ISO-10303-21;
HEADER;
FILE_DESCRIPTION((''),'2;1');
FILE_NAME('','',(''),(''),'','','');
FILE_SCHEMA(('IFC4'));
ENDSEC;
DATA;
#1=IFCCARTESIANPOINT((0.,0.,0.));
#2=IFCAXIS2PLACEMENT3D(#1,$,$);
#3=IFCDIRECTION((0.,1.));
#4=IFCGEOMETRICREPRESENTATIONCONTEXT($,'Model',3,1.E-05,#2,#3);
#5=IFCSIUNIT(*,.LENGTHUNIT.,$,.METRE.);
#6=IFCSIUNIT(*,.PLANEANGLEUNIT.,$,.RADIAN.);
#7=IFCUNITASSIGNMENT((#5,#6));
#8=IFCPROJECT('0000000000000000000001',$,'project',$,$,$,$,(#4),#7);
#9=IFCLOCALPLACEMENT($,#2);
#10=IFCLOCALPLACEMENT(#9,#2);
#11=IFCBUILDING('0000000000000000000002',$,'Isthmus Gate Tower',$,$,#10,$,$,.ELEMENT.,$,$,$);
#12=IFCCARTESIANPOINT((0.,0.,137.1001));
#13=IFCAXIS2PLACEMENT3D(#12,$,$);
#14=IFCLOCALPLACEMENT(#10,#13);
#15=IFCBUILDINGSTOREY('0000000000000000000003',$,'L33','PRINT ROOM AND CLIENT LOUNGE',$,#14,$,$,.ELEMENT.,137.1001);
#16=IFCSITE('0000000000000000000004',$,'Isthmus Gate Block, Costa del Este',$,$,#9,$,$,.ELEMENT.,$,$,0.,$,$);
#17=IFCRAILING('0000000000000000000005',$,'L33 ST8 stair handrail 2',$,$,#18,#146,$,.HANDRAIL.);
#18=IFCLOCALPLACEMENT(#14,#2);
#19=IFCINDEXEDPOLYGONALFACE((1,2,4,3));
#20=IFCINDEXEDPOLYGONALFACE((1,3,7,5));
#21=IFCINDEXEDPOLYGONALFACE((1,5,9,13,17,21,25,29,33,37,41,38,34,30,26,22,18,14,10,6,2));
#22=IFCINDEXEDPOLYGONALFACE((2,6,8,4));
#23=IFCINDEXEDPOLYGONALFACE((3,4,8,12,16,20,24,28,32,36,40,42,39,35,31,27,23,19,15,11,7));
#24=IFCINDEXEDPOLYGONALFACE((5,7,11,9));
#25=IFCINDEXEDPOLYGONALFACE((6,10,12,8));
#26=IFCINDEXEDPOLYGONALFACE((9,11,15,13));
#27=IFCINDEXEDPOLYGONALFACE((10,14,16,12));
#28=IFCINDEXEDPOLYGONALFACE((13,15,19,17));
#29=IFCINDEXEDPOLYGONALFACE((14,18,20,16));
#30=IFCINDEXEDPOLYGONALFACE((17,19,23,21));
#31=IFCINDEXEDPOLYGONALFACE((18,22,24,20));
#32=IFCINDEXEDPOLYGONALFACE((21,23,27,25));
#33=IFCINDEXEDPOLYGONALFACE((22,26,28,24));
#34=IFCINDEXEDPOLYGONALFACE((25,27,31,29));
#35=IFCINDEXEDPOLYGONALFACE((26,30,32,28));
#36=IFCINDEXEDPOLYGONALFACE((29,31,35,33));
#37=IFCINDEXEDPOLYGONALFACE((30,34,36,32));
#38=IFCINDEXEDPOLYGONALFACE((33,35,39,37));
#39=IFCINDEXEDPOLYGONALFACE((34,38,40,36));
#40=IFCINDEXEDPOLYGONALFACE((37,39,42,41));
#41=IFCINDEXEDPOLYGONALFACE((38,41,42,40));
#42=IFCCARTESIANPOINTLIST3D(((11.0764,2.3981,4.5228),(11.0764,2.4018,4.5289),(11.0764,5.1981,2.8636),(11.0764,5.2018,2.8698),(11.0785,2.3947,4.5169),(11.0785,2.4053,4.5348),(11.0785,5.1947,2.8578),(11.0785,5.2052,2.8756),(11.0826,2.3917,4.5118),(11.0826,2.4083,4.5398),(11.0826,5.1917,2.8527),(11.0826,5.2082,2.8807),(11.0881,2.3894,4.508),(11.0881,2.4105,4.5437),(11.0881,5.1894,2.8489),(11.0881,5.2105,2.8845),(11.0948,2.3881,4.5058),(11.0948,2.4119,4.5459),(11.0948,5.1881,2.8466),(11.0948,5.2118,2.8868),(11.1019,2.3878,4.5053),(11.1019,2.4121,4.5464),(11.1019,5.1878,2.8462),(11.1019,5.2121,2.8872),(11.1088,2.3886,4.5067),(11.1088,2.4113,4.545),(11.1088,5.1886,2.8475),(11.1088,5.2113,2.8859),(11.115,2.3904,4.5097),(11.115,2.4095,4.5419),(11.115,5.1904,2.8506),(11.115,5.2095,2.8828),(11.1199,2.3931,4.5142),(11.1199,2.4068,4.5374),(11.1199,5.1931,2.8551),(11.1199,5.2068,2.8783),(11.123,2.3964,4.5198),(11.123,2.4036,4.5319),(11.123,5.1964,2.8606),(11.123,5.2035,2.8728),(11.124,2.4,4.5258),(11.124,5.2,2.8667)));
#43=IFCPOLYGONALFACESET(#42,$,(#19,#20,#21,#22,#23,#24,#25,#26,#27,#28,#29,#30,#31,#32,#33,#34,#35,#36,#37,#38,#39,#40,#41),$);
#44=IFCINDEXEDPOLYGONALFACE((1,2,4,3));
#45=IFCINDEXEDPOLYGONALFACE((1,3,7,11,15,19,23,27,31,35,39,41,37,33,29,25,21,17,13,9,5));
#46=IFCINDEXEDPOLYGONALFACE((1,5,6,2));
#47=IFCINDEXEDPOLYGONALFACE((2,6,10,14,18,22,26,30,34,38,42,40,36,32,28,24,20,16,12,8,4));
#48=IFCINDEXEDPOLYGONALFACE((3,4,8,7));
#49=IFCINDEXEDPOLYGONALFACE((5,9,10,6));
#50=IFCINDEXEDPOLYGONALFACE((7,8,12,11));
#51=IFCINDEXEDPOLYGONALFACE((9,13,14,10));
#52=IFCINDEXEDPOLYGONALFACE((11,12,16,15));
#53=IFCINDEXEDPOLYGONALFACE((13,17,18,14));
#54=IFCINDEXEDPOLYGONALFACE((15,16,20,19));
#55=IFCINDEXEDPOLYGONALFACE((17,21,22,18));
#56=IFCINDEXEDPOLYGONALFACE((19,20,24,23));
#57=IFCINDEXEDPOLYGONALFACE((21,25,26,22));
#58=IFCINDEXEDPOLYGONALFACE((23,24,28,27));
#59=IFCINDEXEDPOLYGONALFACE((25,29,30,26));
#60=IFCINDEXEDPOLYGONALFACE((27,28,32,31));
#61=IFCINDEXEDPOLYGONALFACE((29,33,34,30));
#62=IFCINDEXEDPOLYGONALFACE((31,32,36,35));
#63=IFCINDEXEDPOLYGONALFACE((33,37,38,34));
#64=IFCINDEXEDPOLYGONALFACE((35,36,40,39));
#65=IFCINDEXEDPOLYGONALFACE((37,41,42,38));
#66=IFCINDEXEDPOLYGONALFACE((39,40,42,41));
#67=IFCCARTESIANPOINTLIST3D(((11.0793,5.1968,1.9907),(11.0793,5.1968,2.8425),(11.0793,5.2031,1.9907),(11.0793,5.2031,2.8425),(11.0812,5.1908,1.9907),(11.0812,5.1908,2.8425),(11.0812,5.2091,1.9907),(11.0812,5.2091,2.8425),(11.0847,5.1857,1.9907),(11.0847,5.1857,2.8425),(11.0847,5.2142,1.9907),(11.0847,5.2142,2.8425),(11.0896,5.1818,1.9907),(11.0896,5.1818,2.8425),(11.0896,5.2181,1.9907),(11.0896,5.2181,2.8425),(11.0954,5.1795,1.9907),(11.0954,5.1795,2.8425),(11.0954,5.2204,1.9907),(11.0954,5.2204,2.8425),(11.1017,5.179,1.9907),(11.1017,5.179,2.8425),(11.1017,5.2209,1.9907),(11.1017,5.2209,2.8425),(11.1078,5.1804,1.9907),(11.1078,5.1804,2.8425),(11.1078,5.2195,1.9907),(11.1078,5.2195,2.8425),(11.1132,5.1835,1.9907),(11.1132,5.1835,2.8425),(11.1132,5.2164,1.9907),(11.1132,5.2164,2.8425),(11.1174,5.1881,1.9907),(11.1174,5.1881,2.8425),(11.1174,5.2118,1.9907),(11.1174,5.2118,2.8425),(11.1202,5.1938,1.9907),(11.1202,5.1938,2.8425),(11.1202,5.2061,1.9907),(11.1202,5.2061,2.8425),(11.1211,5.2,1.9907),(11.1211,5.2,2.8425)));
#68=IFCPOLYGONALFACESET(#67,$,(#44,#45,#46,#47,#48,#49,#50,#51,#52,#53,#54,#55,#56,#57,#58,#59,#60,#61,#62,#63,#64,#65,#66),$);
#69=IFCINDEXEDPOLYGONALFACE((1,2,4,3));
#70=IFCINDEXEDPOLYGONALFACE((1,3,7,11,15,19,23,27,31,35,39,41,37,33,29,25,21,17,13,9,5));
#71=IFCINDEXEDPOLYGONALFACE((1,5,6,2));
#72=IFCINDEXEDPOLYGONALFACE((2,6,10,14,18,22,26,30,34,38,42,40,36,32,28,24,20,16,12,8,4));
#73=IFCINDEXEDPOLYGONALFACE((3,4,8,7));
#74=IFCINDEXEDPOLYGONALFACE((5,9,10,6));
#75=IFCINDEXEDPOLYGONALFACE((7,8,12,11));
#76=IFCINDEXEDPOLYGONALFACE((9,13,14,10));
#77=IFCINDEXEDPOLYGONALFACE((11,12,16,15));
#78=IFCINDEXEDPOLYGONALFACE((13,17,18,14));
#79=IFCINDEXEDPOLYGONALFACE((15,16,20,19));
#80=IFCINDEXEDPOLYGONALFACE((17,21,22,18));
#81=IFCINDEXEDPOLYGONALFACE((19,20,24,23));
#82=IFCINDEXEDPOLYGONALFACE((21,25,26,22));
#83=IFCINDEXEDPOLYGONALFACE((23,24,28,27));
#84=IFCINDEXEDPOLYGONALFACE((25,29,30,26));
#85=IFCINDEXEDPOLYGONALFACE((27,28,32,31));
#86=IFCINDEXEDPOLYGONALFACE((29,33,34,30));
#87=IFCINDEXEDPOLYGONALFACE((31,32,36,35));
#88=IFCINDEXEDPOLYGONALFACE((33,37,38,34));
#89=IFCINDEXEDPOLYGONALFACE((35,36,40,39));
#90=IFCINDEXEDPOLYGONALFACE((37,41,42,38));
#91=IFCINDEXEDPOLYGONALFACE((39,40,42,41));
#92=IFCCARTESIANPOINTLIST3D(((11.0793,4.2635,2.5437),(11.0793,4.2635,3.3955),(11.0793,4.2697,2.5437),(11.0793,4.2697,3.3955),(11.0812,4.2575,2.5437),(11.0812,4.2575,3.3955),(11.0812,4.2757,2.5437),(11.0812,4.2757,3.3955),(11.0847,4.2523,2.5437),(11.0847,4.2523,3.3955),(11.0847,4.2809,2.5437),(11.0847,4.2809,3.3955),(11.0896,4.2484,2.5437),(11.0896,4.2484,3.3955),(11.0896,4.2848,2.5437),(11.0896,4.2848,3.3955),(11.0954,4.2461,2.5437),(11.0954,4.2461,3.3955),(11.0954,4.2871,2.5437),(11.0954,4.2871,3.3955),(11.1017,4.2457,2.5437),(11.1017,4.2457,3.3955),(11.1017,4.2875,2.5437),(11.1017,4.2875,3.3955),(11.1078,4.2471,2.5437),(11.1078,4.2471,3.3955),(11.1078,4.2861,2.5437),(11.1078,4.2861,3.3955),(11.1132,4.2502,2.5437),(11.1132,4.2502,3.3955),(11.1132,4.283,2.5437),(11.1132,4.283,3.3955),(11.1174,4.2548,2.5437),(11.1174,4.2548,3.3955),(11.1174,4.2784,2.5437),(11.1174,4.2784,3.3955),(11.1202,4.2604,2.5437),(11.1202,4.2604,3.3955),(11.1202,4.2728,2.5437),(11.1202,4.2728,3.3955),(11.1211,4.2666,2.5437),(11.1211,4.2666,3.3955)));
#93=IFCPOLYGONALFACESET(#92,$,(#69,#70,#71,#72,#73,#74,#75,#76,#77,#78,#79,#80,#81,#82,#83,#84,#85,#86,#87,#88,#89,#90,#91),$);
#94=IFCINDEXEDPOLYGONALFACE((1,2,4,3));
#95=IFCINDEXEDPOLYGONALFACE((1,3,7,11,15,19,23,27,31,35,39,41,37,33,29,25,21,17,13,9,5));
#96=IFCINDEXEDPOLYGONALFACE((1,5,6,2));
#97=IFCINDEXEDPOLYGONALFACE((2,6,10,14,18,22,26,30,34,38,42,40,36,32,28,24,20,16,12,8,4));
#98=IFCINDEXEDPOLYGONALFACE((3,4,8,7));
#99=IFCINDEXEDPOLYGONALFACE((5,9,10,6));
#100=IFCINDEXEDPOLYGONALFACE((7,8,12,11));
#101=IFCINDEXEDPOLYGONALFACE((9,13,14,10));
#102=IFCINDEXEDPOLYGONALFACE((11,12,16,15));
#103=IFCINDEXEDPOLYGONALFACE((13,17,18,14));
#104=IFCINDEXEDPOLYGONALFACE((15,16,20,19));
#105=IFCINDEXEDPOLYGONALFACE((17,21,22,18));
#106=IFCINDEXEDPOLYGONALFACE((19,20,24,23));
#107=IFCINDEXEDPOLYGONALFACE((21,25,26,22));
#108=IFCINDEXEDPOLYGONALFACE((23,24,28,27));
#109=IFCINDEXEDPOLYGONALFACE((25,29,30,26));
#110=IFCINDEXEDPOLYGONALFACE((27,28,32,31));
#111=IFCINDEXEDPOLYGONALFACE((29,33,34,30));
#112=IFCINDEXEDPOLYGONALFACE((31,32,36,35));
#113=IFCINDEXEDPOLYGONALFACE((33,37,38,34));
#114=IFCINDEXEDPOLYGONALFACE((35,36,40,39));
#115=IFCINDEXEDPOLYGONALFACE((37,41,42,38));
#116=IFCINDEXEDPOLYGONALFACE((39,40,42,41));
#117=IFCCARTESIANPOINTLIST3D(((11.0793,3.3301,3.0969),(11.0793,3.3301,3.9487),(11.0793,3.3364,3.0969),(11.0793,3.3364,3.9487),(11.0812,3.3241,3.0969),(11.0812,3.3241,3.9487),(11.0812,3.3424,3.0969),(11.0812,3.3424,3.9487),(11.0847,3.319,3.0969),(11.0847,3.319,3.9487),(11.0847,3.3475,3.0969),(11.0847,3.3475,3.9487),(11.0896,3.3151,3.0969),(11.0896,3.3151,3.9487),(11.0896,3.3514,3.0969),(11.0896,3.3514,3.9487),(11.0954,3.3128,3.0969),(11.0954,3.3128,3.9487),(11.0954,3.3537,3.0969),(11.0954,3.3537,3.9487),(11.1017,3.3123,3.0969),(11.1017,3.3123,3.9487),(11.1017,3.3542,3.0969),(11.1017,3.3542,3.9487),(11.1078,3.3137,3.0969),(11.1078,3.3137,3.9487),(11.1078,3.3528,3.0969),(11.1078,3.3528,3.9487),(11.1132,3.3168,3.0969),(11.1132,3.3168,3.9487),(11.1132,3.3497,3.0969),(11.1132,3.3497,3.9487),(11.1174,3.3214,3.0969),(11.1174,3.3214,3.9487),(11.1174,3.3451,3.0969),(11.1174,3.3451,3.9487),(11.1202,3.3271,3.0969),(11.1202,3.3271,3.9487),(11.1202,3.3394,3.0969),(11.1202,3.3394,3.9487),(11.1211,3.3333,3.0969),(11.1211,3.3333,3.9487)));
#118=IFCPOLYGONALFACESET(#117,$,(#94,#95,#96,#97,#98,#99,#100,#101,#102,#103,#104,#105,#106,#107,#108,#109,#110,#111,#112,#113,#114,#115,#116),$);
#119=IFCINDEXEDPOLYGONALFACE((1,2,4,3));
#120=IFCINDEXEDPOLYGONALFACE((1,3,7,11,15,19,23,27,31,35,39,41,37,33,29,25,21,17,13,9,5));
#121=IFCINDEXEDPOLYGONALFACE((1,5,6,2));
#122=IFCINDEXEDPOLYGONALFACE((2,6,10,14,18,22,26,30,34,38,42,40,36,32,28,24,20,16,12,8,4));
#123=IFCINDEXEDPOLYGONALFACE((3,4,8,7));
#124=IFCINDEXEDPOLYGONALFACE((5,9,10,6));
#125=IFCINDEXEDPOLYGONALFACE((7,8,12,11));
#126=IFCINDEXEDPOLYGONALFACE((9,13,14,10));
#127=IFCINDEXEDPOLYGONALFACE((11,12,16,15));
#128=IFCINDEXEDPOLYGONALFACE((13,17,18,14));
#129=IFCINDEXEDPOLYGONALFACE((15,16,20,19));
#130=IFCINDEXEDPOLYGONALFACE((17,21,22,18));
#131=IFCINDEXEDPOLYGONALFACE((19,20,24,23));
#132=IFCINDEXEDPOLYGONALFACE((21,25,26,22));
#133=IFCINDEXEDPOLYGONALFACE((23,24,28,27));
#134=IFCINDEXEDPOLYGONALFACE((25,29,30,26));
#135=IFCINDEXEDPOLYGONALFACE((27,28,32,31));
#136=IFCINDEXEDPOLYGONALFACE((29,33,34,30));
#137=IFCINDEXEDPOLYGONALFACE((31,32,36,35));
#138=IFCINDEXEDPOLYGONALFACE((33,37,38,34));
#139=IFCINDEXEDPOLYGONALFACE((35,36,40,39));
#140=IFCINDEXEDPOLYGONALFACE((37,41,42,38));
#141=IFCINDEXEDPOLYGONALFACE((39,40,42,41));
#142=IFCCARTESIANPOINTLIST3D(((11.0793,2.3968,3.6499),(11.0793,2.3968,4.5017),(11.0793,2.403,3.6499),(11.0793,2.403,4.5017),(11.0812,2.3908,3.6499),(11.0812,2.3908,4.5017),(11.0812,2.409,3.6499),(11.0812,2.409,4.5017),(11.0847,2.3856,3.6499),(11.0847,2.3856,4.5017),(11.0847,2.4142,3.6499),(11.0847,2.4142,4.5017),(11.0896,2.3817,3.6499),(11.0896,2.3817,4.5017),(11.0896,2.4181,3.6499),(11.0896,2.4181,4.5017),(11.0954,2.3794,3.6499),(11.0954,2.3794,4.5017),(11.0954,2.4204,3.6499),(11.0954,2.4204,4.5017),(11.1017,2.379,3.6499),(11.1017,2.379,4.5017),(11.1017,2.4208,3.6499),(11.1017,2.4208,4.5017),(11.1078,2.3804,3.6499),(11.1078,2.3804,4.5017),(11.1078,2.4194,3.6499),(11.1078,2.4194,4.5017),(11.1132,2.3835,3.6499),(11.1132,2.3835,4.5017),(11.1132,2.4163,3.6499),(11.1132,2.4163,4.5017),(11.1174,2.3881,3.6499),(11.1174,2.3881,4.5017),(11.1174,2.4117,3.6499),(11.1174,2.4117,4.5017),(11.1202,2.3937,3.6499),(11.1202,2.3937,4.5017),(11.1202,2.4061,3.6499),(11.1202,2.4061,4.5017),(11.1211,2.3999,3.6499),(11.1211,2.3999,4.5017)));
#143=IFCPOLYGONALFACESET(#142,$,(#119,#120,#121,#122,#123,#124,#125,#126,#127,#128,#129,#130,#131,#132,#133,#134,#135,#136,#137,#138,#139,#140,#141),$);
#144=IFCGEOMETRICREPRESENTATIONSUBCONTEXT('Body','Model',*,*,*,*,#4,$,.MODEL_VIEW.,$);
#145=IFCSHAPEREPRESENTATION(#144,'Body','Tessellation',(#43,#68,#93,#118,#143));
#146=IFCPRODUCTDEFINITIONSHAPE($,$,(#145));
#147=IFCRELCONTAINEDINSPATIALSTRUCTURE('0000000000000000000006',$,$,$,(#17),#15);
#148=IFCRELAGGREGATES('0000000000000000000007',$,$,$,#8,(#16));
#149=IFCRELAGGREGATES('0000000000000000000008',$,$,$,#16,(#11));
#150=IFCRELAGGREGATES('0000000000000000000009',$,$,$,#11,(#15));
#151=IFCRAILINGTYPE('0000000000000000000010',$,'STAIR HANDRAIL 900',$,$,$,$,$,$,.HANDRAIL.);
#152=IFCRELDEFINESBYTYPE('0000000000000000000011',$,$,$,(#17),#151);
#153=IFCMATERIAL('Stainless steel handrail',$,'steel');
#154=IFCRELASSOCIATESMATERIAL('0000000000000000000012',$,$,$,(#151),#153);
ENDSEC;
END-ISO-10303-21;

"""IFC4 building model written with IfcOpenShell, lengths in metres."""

from ifc_helpers import new_model, si_unit, direction, frame, origin, origin_2d, place, context, subcontext, project, spatial, circle, extrude, material, type_object, element, save


model = new_model("IFC4")

# Units and contexts
model_context = context("Model", 3, precision=1e-05, world=origin(), true_north=direction((0.0, 1.0)))
body_context = subcontext(model_context, "Body", "Model", "MODEL_VIEW")
ifc_project = project(units=[si_unit("LENGTHUNIT", "METRE"), si_unit("PLANEANGLEUNIT", "RADIAN")], contexts=[model_context])

# Site, building, storey
site_placement = place(None, origin())
site = spatial("IfcSite", under=ifc_project, at=site_placement, Name="Isthmus Gate Block, Costa del Este", CompositionType="ELEMENT", RefElevation=0.0)
building_placement = place(site_placement, origin())
building = spatial("IfcBuilding", under=site, at=building_placement, Name="Isthmus Gate Tower", CompositionType="ELEMENT")
storey_placement = place(building_placement, frame((0.0, 0.0, 137.1001)))
storey = spatial("IfcBuildingStorey", under=building, at=storey_placement, Name="L33", Description="PRINT ROOM AND CLIENT LOUNGE", CompositionType="ELEMENT", Elevation=137.1001)

# Railing
ifc_material_1 = material(Name="Stainless steel handrail", Category="steel")
railing_type_1 = type_object("IfcRailingType", Name="STAIR HANDRAIL 900", PredefinedType="HANDRAIL", material=ifc_material_1)
for number, where, name in (
    (1, (11.1001, 5.2, 1.9907), "L33 ST8 stair handrail 2"),
):
    element("IfcRailing", number, at=place(storey_placement, frame(where)), inside=storey, type_object=railing_type_1, Name=name, PredefinedType="HANDRAIL", context=body_context, shape_type="SweptSolid", body=[
        extrude(circle(Radius=0.0239, at=origin_2d()), frame((0.0, 0.0, 0.876), z_axis=(0.0, -0.860306, 0.509778), x_axis=(1.0, 0.0, 0.0)), (0.0, 0.0, 1.0), 3.2546),
        extrude(circle(Radius=0.021, at=origin_2d()), origin(), (0.0, 0.0, 1.0), 0.8518),
        extrude(circle(Radius=0.021, at=origin_2d()), frame((0.0, -0.9333, 0.553)), (0.0, 0.0, 1.0), 0.8518),
        extrude(circle(Radius=0.021, at=origin_2d()), frame((0.0, -1.8667, 1.1062)), (0.0, 0.0, 1.0), 0.8518),
        extrude(circle(Radius=0.021, at=origin_2d()), frame((0.0, -2.8, 1.6592)), (0.0, 0.0, 1.0), 0.8518),
    ])

save(model, "model.ifc")
